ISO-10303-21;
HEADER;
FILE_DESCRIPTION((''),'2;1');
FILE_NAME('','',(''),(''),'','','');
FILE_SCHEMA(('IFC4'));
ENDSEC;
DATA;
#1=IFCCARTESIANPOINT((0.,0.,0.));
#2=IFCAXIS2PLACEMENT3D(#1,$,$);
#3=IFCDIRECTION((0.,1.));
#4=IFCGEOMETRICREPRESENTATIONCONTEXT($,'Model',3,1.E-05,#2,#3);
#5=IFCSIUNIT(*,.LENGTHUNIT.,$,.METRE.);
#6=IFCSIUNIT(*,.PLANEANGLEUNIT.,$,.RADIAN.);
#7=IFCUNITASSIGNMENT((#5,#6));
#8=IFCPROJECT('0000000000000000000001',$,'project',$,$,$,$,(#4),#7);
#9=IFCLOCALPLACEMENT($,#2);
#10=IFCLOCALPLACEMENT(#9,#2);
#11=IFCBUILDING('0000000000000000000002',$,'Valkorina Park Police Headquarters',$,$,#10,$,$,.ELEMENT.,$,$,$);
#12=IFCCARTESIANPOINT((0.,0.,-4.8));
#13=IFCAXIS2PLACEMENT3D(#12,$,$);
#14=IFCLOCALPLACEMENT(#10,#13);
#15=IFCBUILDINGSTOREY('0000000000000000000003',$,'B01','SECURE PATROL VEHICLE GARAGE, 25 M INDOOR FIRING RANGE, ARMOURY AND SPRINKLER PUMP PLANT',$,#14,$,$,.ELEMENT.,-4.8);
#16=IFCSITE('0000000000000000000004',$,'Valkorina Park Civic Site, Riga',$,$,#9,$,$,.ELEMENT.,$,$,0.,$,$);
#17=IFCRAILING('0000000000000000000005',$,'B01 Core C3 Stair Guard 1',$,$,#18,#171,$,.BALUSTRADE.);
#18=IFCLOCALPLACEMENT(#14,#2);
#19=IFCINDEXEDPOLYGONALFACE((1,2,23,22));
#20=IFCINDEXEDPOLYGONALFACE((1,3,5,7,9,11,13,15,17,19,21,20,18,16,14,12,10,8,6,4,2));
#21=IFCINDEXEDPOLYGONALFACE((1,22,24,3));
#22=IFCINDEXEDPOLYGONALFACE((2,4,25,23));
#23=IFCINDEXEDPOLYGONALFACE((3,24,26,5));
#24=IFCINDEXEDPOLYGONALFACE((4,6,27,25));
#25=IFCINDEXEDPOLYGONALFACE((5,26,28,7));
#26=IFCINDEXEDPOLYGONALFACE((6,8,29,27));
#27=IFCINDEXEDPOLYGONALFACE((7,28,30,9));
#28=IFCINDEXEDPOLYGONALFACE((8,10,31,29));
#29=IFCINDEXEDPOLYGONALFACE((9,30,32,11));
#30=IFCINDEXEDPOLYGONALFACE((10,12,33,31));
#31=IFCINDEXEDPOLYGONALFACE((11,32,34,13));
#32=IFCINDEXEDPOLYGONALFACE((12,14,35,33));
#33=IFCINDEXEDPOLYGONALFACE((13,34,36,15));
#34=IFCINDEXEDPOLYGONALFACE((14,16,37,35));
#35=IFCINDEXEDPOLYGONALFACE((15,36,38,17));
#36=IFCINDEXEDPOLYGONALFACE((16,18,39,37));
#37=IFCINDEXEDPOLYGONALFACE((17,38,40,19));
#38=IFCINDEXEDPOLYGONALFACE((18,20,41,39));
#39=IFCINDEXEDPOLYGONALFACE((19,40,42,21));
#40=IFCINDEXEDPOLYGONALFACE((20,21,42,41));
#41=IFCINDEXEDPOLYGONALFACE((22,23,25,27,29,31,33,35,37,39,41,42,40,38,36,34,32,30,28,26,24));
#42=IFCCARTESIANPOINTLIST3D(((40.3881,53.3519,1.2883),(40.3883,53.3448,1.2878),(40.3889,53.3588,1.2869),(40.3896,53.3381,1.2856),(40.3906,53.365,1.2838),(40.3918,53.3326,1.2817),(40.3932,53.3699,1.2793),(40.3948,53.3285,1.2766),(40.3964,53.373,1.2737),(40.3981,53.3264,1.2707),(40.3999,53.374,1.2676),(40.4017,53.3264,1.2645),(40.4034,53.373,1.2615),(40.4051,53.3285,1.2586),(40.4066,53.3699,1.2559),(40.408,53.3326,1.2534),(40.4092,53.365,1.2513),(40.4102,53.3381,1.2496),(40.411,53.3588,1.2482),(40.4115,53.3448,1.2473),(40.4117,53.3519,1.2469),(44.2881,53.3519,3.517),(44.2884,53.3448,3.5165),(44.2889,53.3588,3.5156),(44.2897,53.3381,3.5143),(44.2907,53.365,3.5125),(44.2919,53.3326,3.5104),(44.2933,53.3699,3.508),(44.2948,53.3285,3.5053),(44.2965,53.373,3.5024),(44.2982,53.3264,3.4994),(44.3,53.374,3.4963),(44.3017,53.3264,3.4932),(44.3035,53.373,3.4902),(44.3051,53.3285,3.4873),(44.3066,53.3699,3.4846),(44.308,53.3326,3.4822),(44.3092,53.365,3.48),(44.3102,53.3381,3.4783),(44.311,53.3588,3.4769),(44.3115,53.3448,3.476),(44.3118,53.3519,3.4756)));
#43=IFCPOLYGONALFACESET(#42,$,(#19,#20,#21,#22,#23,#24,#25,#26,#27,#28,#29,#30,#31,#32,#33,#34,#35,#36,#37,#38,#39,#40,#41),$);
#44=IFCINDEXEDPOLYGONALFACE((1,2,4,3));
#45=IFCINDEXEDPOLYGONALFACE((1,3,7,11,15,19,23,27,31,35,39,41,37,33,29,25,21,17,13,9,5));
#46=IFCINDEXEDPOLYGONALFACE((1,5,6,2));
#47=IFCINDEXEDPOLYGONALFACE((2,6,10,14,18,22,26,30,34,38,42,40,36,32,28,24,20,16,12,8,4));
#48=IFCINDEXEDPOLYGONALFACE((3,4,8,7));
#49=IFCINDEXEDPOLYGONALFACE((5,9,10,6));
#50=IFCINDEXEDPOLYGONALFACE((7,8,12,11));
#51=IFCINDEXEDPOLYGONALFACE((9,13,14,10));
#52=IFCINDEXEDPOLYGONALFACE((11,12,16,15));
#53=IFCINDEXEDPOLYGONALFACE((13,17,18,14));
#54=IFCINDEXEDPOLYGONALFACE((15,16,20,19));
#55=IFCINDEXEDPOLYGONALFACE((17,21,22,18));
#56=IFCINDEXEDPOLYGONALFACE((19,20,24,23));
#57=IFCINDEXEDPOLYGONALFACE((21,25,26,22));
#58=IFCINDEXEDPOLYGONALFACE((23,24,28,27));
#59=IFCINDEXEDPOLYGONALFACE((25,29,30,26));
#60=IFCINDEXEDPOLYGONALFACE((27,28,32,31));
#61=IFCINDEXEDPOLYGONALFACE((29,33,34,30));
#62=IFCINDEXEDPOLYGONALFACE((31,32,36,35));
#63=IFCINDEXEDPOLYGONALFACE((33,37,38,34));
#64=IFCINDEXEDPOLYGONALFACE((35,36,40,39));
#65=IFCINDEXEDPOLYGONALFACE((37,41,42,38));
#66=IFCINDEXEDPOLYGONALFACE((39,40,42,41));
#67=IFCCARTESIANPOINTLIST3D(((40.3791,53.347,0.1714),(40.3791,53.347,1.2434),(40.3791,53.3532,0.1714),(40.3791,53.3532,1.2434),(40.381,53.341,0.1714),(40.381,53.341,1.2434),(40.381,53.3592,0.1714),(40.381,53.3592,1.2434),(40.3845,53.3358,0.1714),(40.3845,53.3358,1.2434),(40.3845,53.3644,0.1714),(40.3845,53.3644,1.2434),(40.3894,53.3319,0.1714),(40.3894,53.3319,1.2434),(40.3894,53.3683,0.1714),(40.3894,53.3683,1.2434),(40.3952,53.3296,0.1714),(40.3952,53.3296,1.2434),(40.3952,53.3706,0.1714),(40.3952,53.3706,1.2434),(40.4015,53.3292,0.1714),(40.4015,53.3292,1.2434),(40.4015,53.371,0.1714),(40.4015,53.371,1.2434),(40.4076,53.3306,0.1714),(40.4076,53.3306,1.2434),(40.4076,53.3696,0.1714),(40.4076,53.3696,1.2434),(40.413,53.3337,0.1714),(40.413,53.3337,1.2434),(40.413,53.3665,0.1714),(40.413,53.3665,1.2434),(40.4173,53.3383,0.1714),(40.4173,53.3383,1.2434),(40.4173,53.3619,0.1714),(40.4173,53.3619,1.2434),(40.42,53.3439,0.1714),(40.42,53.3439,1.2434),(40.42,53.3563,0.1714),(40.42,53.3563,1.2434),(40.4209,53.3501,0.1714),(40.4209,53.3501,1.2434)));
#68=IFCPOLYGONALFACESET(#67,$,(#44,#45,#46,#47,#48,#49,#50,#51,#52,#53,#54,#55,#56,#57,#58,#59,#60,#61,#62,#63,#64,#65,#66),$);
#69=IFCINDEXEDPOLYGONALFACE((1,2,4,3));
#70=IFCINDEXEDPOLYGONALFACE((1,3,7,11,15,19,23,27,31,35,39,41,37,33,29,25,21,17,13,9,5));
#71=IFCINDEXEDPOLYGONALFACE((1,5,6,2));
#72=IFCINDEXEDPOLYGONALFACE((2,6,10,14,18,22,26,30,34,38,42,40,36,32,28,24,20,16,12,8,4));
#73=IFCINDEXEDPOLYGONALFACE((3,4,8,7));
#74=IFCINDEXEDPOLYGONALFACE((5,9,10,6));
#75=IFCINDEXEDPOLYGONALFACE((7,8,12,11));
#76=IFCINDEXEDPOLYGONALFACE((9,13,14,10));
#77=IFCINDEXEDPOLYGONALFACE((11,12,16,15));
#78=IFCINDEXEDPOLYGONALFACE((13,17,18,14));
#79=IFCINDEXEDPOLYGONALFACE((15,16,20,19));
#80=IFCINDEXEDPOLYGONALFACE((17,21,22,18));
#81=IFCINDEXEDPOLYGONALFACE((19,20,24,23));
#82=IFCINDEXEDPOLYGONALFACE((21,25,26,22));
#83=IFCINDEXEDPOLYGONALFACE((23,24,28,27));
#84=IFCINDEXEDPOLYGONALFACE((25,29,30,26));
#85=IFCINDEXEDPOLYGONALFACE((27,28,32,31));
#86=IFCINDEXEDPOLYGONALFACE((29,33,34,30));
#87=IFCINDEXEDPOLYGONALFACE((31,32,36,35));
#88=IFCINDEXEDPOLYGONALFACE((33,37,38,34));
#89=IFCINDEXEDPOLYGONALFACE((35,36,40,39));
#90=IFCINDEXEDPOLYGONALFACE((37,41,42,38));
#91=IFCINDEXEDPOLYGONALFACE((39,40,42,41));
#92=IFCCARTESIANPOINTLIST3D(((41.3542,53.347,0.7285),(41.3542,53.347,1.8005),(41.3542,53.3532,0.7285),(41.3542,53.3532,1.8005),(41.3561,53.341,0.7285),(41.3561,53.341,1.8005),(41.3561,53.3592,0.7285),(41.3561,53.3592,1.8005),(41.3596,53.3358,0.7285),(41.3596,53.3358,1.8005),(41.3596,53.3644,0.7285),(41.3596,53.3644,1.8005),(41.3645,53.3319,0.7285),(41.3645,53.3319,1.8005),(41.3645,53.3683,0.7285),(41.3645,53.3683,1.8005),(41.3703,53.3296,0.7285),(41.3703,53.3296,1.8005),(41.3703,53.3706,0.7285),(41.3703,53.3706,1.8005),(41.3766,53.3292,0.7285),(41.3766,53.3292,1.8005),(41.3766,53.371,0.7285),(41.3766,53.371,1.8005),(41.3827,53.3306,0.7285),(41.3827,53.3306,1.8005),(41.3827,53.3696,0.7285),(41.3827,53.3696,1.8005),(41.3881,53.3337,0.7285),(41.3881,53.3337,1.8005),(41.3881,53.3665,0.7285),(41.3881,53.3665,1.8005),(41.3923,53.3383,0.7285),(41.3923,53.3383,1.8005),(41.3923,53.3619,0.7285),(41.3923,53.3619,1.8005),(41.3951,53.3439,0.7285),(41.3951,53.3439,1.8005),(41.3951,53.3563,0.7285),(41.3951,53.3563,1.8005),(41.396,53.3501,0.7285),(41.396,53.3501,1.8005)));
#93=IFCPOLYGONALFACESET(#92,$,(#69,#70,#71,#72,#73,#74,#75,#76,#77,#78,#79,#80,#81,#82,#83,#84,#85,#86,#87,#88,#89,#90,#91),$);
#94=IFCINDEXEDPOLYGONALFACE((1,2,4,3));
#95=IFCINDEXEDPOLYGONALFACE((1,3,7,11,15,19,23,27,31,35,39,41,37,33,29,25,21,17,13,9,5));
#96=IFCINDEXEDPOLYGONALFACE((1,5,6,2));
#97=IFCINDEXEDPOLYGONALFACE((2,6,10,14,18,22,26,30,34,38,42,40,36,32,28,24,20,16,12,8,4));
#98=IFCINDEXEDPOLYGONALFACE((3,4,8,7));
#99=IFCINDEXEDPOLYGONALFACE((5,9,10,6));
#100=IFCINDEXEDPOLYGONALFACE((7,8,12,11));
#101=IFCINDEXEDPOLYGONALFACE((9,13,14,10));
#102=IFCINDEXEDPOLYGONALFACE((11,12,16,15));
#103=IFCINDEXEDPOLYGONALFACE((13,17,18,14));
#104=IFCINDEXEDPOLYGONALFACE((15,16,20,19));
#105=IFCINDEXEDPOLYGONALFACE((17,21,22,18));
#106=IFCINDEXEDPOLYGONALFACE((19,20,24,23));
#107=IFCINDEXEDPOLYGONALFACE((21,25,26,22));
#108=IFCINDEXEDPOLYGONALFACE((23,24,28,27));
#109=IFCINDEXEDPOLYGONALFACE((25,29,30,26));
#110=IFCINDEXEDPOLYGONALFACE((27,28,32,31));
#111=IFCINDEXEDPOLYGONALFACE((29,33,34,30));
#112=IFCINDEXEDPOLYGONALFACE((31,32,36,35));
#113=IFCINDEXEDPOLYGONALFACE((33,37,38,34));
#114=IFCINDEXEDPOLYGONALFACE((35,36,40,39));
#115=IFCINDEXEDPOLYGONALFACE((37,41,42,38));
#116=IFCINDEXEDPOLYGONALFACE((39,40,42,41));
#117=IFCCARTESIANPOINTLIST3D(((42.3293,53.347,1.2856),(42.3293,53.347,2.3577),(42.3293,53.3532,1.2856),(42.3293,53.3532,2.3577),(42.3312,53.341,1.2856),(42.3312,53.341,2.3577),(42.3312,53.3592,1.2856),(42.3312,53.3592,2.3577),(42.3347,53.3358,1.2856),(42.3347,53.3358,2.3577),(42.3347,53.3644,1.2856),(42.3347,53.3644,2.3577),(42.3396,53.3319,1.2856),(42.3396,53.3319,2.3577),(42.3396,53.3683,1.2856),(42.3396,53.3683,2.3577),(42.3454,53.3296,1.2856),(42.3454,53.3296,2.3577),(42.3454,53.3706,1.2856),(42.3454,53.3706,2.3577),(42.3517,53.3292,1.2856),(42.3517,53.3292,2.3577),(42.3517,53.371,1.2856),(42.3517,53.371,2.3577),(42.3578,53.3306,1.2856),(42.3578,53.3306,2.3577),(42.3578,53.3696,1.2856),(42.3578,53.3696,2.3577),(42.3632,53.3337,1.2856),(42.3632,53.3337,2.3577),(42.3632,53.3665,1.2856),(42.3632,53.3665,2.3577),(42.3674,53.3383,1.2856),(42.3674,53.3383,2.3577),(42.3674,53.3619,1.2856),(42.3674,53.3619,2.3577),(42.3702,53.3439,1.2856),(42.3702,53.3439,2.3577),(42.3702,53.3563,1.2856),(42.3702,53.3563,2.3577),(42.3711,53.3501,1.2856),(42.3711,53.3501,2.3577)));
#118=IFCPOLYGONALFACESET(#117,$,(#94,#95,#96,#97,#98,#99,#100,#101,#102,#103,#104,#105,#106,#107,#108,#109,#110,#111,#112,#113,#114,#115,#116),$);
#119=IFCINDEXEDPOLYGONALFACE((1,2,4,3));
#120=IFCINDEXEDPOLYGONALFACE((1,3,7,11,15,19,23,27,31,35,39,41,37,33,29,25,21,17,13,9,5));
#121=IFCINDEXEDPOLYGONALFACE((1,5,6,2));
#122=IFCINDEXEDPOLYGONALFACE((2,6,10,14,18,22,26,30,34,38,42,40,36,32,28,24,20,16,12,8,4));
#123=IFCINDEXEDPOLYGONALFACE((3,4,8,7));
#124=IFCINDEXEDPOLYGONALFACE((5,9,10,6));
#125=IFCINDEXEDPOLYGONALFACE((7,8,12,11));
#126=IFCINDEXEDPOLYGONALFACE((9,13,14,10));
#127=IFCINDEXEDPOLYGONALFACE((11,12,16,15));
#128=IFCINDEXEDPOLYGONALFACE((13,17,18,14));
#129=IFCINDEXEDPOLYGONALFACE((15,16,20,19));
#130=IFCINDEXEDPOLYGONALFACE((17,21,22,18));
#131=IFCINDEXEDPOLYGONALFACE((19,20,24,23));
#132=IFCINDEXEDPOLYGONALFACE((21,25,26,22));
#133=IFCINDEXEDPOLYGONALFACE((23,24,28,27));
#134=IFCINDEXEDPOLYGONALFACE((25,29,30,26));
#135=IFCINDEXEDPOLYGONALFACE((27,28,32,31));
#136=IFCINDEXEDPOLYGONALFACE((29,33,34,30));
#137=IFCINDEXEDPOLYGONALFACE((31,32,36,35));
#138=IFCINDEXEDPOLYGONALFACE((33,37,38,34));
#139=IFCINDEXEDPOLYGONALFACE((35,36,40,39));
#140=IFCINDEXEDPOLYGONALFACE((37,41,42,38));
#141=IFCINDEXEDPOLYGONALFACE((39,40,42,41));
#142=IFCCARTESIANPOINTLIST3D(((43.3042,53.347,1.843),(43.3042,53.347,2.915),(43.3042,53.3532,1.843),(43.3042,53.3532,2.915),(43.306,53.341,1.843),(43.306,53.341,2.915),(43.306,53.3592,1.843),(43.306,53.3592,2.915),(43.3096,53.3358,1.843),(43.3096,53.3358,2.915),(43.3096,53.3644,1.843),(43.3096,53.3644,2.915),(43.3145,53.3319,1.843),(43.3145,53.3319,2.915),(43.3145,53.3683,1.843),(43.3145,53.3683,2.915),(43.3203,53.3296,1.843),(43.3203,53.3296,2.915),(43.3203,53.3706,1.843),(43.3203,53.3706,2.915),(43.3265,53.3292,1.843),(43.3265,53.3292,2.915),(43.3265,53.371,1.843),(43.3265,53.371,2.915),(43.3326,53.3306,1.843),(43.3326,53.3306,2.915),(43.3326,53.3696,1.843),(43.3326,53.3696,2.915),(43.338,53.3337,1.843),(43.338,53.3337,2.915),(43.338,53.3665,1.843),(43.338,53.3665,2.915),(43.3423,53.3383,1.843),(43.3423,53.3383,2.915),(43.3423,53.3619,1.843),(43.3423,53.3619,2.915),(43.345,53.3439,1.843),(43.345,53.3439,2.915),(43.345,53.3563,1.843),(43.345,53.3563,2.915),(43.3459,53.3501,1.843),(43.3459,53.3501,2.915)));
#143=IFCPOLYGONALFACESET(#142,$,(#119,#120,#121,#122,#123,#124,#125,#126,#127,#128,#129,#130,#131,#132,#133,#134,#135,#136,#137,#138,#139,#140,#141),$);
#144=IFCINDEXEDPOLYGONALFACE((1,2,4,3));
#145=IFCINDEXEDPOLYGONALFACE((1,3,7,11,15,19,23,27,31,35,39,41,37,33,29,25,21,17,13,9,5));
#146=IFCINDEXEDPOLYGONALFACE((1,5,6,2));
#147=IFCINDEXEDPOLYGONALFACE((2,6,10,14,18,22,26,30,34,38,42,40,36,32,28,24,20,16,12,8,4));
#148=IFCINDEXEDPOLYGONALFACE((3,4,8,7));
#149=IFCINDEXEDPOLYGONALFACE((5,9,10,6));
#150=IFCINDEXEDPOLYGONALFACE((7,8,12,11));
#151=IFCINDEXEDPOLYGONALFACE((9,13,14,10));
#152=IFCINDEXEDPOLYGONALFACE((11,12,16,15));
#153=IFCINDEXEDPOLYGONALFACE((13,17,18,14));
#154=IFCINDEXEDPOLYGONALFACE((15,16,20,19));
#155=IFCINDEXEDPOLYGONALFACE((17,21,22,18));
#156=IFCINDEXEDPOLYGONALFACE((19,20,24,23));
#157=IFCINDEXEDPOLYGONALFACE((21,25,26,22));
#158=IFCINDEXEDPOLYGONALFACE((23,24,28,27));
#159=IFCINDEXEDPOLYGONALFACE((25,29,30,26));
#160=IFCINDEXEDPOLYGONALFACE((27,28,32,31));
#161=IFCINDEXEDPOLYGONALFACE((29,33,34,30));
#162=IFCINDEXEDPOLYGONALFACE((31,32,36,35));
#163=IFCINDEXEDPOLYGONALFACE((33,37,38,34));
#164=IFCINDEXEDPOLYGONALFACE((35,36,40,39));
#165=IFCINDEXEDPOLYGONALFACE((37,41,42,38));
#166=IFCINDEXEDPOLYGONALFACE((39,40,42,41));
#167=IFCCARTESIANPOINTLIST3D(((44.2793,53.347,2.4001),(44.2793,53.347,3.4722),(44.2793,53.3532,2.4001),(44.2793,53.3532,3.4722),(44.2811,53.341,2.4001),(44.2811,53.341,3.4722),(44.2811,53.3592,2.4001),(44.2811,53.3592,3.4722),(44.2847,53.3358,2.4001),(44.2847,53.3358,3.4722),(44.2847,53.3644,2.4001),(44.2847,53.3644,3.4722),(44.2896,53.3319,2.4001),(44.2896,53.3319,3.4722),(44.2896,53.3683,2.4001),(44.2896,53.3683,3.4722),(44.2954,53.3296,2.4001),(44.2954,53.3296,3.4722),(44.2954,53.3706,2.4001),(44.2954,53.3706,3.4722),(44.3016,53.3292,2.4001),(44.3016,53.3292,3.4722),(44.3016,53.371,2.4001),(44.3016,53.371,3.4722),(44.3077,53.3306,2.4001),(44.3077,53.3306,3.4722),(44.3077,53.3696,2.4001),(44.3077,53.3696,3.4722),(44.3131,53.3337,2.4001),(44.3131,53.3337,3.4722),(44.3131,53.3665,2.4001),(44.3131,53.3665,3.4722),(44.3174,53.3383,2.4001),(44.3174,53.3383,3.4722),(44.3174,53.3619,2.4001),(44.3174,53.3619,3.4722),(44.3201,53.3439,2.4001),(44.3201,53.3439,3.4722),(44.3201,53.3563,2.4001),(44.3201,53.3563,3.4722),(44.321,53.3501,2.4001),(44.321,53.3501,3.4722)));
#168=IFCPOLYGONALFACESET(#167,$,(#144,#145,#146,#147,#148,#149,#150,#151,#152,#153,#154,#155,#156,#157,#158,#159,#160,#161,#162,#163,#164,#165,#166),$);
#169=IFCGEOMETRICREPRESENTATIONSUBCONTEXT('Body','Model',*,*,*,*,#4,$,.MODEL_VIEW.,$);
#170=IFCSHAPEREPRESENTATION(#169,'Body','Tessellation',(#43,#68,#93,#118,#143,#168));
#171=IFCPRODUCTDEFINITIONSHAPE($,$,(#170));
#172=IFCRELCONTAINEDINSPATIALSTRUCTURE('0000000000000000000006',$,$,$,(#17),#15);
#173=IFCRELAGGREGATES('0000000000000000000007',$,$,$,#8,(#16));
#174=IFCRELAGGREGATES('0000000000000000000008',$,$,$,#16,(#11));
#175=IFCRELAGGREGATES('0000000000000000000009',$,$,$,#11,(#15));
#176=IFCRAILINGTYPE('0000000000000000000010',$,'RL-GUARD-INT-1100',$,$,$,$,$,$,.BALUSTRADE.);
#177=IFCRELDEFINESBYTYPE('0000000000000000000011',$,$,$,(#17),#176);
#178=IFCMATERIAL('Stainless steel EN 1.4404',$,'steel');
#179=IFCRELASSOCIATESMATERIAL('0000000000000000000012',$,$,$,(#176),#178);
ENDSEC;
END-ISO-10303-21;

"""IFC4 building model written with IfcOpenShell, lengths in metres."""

from ifc_helpers import new_model, si_unit, direction, frame, origin, origin_2d, place, context, subcontext, project, spatial, circle, extrude, material, type_object, element, save


model = new_model("IFC4")

# Units and contexts
model_context = context("Model", 3, precision=1e-05, world=origin(), true_north=direction((0.0, 1.0)))
body_context = subcontext(model_context, "Body", "Model", "MODEL_VIEW")
ifc_project = project(units=[si_unit("LENGTHUNIT", "METRE"), si_unit("PLANEANGLEUNIT", "RADIAN")], contexts=[model_context])

# Site, building, storey
site_placement = place(None, origin())
site = spatial("IfcSite", under=ifc_project, at=site_placement, Name="Valkorina Park Civic Site, Riga", CompositionType="ELEMENT", RefElevation=0.0)
building_placement = place(site_placement, origin())
building = spatial("IfcBuilding", under=site, at=building_placement, Name="Valkorina Park Police Headquarters", CompositionType="ELEMENT")
storey_placement = place(building_placement, frame((0.0, 0.0, -4.8)))
storey = spatial("IfcBuildingStorey", under=building, at=storey_placement, Name="B01", Description="SECURE PATROL VEHICLE GARAGE, 25 M INDOOR FIRING RANGE, ARMOURY AND SPRINKLER PUMP PLANT", CompositionType="ELEMENT", Elevation=-4.8)

# Shared definitions
ifc_material_1 = material(Name="Stainless steel EN 1.4404", Category="steel")

# Railing
railing_type_1 = type_object("IfcRailingType", Name="RL-GUARD-INT-1100", PredefinedType="BALUSTRADE", material=ifc_material_1)
railing_1_placement = place(storey_placement, frame((40.3999, 53.3501, 0.1714)))
element("IfcRailing", 1, at=railing_1_placement, inside=storey, type_object=railing_type_1, Name="B01 Core C3 Stair Guard 1", PredefinedType="BALUSTRADE", context=body_context, shape_type="SweptSolid", body=[
    extrude(circle(Radius=0.0239, at=origin_2d()), frame((0.0, 0.0, 1.0962), z_axis=(0.868233, 0.0, 0.496156), x_axis=(0.0, 1.0, 0.0)), (0.0, 0.0, 1.0), 4.4919),
    extrude(circle(Radius=0.021, at=origin_2d()), origin(), (0.0, 0.0, 1.0), 1.072),
    extrude(circle(Radius=0.021, at=origin_2d()), frame((0.9751, 0.0, 0.5571)), (0.0, 0.0, 1.0), 1.072),
    extrude(circle(Radius=0.021, at=origin_2d()), frame((1.9502, 0.0, 1.1143)), (0.0, 0.0, 1.0), 1.072),
    extrude(circle(Radius=0.021, at=origin_2d()), frame((2.925, 0.0, 1.6716)), (0.0, 0.0, 1.0), 1.072),
    extrude(circle(Radius=0.021, at=origin_2d()), frame((3.9001, 0.0, 2.2288)), (0.0, 0.0, 1.0), 1.072),
])

save(model, "model.ifc")
